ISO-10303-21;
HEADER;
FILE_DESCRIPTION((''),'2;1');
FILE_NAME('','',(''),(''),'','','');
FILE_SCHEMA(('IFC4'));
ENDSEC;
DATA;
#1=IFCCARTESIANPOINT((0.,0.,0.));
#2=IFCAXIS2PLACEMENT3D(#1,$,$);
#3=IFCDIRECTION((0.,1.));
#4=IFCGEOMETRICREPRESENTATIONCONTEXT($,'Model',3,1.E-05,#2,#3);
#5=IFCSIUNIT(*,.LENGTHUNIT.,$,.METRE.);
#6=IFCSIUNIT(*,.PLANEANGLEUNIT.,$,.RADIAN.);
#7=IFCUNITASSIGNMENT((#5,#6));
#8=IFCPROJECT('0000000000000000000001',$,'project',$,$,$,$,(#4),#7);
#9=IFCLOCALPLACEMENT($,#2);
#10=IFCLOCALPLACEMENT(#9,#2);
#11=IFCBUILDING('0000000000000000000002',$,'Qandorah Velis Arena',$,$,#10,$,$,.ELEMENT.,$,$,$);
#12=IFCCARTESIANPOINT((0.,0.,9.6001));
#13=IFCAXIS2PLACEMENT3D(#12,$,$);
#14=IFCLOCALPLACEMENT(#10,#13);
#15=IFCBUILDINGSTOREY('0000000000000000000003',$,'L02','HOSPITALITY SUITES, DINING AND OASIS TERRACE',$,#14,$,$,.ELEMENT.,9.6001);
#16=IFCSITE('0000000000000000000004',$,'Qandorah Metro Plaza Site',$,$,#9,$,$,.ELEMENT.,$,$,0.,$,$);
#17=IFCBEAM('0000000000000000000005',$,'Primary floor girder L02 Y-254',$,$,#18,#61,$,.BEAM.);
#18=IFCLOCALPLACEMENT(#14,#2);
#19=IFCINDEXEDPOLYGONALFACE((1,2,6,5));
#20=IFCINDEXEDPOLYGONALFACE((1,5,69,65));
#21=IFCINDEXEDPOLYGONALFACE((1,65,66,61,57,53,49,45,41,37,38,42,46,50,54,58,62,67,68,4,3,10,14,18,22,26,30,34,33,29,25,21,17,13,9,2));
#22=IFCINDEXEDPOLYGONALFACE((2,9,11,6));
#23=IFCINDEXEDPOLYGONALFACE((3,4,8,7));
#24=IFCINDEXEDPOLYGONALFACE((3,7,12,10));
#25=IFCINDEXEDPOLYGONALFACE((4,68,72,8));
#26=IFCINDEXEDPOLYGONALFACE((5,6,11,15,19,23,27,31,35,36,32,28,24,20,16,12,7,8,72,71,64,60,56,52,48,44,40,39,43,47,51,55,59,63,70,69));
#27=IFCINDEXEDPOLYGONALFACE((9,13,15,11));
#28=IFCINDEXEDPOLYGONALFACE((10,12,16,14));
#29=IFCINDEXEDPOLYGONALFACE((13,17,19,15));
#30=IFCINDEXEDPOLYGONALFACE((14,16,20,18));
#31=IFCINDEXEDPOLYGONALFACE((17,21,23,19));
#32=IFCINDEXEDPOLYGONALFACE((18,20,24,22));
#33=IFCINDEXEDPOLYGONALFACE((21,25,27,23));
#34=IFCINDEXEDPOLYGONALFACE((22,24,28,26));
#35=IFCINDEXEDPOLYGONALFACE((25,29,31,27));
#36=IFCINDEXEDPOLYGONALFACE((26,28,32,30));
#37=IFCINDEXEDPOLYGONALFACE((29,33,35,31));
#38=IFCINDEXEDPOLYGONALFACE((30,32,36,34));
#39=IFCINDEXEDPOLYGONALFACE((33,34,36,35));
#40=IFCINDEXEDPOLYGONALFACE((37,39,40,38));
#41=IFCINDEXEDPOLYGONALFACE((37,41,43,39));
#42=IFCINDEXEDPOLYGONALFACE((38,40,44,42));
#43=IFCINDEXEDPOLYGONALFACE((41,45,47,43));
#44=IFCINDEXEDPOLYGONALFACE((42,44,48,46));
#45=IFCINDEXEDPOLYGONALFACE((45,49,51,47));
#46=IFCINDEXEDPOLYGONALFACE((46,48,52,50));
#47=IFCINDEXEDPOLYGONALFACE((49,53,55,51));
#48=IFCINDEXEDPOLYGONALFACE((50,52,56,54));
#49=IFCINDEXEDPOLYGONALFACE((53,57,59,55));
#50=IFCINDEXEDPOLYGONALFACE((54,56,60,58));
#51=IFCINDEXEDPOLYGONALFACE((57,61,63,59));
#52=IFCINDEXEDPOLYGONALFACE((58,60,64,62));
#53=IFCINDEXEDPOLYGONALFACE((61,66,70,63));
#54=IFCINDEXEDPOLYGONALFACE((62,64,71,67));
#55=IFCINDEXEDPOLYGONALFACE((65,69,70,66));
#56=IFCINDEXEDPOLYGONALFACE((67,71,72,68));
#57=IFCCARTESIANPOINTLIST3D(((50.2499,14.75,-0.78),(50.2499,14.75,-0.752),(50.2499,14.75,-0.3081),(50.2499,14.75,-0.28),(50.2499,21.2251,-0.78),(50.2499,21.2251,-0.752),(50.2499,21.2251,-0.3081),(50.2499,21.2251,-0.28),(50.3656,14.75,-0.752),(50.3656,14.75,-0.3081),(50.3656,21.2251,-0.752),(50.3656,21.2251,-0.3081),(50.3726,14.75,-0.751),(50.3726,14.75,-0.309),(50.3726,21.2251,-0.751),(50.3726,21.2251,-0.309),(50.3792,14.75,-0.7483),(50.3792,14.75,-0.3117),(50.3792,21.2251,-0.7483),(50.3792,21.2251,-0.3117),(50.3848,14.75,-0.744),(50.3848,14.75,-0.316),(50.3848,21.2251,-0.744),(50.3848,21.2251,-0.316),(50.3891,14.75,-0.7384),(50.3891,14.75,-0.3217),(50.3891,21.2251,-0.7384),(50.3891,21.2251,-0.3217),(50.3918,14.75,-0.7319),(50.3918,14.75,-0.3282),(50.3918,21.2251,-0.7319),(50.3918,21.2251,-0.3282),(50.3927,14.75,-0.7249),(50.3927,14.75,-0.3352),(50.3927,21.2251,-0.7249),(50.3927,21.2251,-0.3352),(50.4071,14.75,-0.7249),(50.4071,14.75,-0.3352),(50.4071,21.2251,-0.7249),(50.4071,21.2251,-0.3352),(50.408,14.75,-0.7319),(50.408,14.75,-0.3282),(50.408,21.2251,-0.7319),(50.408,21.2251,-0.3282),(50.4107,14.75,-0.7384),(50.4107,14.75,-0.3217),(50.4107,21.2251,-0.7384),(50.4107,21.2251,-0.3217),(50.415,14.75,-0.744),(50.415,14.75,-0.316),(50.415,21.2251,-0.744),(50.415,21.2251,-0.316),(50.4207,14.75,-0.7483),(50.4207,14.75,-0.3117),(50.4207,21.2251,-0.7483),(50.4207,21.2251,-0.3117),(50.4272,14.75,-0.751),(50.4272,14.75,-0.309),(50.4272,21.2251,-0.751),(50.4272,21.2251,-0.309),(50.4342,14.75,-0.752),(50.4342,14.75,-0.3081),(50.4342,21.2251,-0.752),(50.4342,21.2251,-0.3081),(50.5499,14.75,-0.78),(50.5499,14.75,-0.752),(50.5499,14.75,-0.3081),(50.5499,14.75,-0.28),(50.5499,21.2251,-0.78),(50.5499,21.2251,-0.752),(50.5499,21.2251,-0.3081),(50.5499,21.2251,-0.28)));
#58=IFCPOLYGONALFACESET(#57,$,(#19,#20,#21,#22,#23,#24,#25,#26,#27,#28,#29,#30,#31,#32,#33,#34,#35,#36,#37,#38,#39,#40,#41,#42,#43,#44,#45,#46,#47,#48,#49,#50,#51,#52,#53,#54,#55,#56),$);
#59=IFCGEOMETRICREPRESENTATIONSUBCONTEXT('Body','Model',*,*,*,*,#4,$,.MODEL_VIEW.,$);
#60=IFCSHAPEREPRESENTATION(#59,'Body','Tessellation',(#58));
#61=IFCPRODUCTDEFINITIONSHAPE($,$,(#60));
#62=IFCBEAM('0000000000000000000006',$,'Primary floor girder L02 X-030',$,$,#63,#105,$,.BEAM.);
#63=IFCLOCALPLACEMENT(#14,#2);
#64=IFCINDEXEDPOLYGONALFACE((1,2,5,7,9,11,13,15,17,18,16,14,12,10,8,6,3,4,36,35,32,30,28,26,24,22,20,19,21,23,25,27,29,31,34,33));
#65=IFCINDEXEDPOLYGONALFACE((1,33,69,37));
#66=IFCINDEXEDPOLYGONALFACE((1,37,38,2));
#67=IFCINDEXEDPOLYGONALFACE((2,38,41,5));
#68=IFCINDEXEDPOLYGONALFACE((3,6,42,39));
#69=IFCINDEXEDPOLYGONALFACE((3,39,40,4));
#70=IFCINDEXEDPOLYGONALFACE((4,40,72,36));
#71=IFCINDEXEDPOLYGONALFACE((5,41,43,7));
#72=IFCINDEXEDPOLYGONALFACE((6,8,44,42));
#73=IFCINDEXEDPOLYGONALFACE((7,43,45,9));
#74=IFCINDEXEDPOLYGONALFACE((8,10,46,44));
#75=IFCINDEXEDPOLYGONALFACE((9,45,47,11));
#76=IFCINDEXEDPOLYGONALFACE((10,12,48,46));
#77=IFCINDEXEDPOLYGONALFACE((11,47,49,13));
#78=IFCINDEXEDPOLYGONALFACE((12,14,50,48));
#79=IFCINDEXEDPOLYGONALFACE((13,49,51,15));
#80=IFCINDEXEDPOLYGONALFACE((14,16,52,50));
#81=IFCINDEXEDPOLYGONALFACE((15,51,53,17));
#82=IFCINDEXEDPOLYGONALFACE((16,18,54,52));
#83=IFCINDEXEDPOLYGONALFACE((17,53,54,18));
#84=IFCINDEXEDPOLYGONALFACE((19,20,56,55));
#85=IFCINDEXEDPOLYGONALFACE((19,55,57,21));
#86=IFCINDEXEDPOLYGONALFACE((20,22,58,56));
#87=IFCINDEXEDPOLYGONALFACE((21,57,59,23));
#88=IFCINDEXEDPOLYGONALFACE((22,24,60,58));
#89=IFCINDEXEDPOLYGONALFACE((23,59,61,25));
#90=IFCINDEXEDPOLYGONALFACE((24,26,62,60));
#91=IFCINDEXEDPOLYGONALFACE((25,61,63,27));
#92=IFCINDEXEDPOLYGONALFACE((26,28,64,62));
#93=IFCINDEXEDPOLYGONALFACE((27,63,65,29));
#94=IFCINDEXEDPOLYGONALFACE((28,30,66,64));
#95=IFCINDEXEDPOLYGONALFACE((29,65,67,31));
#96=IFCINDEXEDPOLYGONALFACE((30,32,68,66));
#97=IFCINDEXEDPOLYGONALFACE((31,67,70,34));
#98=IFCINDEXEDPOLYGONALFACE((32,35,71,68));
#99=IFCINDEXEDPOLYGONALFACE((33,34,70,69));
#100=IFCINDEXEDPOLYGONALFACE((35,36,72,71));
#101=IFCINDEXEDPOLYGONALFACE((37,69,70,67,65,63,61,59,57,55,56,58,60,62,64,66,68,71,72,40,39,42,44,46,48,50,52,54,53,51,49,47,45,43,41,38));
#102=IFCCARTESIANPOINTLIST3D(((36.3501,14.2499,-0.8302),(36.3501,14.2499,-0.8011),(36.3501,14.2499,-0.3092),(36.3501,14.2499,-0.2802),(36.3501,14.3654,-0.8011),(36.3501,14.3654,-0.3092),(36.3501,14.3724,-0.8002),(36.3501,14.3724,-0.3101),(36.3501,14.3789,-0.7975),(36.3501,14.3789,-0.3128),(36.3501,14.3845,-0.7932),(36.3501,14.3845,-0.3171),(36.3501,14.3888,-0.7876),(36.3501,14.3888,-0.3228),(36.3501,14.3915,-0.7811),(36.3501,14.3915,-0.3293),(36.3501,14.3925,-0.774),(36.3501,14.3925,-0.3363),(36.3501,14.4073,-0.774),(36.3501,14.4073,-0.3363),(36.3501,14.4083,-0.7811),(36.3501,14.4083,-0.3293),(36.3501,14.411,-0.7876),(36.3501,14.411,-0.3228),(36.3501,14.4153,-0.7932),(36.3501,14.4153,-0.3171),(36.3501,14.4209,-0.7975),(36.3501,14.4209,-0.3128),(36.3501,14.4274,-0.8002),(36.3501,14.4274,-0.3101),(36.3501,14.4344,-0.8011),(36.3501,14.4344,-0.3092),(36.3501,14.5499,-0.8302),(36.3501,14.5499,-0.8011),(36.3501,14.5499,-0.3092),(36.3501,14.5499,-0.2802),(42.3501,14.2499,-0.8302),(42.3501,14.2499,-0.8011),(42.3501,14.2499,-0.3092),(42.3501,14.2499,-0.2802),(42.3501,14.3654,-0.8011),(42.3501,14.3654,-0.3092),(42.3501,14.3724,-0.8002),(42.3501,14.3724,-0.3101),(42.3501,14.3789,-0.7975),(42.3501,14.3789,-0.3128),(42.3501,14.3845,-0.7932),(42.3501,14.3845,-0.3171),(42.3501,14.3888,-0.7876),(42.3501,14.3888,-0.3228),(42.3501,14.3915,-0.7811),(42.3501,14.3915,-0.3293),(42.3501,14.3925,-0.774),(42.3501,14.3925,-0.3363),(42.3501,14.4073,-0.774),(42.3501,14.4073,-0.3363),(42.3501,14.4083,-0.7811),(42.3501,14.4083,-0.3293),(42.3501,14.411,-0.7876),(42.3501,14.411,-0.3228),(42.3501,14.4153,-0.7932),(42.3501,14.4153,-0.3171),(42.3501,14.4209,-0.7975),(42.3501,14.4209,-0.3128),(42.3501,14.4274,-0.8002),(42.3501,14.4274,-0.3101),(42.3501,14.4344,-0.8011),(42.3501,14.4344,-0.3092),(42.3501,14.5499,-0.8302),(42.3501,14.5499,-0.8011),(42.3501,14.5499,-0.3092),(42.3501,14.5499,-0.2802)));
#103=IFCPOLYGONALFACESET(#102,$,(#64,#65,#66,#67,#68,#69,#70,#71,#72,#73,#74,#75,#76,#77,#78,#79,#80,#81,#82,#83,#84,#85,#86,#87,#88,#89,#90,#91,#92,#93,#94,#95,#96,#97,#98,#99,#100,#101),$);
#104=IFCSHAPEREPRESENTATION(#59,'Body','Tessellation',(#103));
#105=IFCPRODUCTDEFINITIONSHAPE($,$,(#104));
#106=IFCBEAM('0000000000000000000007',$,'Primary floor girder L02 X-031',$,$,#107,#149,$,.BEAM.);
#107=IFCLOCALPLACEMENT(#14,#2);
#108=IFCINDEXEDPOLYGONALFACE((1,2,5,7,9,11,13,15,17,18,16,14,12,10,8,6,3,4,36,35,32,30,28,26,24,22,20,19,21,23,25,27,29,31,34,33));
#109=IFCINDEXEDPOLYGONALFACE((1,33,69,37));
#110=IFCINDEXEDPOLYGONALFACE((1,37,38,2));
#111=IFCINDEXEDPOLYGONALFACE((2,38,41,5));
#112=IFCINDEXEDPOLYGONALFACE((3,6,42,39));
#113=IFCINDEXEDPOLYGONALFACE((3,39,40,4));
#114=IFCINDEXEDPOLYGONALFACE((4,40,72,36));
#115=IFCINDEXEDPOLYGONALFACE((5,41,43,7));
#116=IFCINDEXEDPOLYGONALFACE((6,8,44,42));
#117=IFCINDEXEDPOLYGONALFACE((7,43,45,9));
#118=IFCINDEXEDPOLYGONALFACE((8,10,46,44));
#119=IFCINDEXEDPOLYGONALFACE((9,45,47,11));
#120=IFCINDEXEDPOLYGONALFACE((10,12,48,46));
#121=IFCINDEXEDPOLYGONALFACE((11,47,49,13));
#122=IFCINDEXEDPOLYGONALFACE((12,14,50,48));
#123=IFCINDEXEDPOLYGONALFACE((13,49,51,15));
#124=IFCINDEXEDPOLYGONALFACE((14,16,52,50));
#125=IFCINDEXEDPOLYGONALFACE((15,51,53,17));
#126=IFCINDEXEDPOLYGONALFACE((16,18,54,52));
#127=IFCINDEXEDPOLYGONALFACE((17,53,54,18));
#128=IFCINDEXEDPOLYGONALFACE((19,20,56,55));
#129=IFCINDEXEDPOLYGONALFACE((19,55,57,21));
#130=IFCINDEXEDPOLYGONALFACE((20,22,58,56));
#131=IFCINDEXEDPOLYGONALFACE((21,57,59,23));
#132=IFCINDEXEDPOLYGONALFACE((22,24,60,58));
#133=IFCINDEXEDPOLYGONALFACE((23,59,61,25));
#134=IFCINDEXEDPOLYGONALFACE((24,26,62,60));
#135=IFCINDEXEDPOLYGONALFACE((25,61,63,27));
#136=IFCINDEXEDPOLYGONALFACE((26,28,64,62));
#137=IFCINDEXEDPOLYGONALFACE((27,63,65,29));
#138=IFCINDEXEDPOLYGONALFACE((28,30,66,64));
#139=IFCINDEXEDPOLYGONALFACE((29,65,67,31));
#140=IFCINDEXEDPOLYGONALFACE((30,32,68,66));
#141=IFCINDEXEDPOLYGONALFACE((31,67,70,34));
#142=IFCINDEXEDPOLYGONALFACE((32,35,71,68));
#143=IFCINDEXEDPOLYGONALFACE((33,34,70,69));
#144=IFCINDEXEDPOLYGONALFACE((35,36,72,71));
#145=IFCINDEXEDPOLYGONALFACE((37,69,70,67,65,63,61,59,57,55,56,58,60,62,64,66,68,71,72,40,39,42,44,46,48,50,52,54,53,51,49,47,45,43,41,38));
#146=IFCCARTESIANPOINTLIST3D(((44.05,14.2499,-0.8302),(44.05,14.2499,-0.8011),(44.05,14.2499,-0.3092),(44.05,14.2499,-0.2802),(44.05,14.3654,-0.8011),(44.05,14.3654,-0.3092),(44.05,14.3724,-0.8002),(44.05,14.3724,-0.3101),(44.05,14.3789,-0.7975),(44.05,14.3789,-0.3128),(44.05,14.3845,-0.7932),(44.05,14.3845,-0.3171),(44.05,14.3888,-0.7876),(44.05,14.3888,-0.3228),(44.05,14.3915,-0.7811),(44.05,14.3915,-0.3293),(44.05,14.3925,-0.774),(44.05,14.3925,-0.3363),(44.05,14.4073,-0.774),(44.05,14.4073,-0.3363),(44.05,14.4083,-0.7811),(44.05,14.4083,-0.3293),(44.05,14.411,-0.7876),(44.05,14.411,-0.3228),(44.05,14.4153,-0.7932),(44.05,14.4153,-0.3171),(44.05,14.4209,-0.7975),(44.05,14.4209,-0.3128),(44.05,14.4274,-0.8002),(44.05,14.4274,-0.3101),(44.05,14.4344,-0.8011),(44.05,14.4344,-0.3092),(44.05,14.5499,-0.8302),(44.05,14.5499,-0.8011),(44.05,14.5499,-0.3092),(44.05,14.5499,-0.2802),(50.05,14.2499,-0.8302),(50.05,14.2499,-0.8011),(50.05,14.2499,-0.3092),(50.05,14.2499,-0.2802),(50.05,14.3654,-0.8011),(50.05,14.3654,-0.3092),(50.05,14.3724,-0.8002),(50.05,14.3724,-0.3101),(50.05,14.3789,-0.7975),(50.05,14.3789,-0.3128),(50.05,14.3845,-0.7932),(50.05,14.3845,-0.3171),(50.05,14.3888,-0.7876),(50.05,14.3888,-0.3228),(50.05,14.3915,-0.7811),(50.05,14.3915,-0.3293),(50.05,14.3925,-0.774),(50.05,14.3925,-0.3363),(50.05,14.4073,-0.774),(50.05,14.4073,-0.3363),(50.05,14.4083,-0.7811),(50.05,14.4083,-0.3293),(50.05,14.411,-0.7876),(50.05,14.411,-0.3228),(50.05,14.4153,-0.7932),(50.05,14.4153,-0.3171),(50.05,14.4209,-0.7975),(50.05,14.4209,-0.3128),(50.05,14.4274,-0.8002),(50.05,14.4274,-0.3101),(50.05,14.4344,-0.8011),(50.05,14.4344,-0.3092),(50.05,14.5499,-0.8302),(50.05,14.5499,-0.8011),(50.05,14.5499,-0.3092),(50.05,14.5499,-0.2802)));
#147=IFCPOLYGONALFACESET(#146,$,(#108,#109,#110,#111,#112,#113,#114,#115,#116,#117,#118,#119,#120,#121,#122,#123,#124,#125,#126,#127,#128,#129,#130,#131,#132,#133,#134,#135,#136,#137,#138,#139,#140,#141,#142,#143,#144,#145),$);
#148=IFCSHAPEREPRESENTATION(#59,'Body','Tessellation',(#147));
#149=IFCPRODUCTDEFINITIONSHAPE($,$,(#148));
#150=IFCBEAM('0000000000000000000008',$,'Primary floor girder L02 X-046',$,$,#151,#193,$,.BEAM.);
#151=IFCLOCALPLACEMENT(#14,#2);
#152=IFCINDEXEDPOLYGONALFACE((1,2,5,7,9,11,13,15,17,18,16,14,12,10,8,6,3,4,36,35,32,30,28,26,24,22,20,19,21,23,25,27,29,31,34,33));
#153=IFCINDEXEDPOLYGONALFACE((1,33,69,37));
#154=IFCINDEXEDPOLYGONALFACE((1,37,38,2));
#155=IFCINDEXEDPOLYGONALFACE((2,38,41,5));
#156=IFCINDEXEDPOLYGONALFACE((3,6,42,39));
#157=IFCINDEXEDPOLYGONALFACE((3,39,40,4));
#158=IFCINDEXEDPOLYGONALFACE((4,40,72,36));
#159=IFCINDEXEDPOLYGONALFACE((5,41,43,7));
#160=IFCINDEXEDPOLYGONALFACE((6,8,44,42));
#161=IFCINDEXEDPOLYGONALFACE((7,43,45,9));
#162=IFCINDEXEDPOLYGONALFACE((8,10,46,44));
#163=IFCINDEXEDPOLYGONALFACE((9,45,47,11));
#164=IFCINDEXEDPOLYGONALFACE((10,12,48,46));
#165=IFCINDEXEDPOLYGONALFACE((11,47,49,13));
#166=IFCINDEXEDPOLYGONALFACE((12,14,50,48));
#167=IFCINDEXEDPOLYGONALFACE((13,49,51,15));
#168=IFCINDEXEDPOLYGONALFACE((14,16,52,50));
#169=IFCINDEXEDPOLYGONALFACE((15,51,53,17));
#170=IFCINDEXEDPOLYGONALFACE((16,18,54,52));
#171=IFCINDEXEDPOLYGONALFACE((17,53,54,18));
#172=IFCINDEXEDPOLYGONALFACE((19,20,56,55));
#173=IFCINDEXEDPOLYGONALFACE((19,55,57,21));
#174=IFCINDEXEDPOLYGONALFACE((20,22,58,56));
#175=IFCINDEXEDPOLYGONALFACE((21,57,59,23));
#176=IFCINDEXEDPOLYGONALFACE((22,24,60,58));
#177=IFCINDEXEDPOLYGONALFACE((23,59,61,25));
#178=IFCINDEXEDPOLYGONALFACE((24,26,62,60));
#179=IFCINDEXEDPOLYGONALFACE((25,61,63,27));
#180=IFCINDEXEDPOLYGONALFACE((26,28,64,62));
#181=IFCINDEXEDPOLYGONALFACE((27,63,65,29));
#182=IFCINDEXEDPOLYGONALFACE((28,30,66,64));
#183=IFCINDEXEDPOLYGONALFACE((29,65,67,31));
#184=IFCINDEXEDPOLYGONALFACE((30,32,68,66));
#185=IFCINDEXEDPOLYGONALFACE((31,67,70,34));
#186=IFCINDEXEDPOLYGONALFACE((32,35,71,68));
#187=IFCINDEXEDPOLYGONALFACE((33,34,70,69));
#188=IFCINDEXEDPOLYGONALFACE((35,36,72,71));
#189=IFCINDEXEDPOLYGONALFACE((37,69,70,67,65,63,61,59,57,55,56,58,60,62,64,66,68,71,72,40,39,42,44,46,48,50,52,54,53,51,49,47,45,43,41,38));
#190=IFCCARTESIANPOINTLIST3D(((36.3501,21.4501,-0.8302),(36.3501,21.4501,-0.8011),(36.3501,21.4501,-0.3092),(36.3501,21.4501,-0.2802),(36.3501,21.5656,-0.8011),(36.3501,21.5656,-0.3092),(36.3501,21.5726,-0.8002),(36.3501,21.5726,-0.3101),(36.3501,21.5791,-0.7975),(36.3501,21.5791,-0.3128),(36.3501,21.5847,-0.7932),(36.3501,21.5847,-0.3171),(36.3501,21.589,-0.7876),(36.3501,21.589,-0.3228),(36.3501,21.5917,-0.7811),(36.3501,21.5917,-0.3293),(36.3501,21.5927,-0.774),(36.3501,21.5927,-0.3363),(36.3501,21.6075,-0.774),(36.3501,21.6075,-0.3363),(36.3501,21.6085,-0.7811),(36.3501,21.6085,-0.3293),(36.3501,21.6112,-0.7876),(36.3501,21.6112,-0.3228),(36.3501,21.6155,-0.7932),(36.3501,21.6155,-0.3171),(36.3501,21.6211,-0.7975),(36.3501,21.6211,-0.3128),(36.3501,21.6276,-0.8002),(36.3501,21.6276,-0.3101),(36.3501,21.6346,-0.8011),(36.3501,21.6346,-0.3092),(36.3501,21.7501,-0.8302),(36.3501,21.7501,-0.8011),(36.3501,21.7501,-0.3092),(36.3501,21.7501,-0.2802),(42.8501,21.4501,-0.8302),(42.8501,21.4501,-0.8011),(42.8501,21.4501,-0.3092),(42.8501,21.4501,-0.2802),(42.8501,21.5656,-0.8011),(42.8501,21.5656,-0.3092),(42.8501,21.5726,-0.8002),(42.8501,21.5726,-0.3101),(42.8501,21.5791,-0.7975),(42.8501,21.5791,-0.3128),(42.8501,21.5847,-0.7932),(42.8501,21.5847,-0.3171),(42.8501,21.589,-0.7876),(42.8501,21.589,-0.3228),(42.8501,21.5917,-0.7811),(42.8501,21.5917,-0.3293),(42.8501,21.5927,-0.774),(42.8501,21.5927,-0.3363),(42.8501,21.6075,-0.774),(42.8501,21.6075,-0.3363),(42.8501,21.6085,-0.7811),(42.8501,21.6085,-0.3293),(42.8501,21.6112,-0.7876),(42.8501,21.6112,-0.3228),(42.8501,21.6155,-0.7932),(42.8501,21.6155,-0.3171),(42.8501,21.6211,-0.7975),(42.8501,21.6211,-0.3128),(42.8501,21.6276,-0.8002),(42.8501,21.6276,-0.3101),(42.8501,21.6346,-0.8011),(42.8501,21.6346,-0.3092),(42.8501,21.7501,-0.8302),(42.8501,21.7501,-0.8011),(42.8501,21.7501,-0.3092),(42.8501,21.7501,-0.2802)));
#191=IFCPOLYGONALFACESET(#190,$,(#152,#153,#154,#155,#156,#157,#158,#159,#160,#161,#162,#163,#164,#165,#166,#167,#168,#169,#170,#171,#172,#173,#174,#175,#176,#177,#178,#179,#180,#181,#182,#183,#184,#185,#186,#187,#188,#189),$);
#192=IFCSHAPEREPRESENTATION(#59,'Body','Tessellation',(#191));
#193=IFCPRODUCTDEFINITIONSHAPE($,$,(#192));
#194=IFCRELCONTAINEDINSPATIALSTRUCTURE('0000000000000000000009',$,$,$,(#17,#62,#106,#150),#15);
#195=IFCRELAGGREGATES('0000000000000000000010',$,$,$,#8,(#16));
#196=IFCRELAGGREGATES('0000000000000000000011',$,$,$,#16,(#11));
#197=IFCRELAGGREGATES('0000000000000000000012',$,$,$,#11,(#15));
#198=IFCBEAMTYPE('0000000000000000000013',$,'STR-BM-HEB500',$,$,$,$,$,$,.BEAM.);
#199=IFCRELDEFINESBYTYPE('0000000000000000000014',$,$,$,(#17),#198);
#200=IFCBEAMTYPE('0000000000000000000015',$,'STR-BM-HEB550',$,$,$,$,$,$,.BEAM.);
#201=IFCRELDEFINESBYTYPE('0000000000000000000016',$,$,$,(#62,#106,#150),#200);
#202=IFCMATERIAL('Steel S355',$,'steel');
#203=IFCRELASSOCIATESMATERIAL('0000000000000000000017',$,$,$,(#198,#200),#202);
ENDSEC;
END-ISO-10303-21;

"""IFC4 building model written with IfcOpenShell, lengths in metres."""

from ifc_helpers import new_model, si_unit, direction, frame, origin, origin_2d, place, context, subcontext, project, spatial, i_section, extrude, material, material_profile, profile_set, type_object, element, save


model = new_model("IFC4")

# Units and contexts
model_context = context("Model", 3, precision=1e-05, world=origin(), true_north=direction((0.0, 1.0)))
body_context = subcontext(model_context, "Body", "Model", "MODEL_VIEW")
ifc_project = project(units=[si_unit("LENGTHUNIT", "METRE"), si_unit("PLANEANGLEUNIT", "RADIAN")], contexts=[model_context])

# Site, building, storey
site_placement = place(None, origin())
site = spatial("IfcSite", under=ifc_project, at=site_placement, Name="Qandorah Metro Plaza Site", CompositionType="ELEMENT", RefElevation=0.0)
building_placement = place(site_placement, origin())
building = spatial("IfcBuilding", under=site, at=building_placement, Name="Qandorah Velis Arena", CompositionType="ELEMENT")
storey_placement = place(building_placement, frame((0.0, 0.0, 9.6001)))
storey = spatial("IfcBuildingStorey", under=building, at=storey_placement, Name="L02", Description="HOSPITALITY SUITES, DINING AND OASIS TERRACE", CompositionType="ELEMENT", Elevation=9.6001)

# Shared definitions
ifc_material_1 = material(Name="Steel S355", Category="steel")

# Beams
ifc_material_profile_1 = material_profile(ifc_material_1, i_section(OverallWidth=0.3, OverallDepth=0.5, WebThickness=0.0144, FlangeThickness=0.0281, FilletRadius=0.0271, at=origin_2d()), Name="HEB 500")
ifc_profile_set_1 = profile_set([ifc_material_profile_1], Name="Steel S355")
beam_type_1 = type_object("IfcBeamType", Name="STR-BM-HEB500", PredefinedType="BEAM", material=ifc_profile_set_1)
beam_1_placement = place(storey_placement, frame((50.3999, 14.75, -0.53), z_axis=(0.0, 1.0, 0.0), x_axis=(-1.0, 0.0, 0.0)))
element("IfcBeam", 1, at=beam_1_placement, inside=storey, type_object=beam_type_1, Name="Primary floor girder L02 Y-254", PredefinedType="BEAM", context=body_context, shape_type="SweptSolid", body=[
    extrude(i_section(OverallWidth=0.3, OverallDepth=0.5, WebThickness=0.0144, FlangeThickness=0.0281, FilletRadius=0.0271, at=origin_2d()), origin(), (0.0, 0.0, 1.0), 6.4751),
])
ifc_material_profile_2 = material_profile(ifc_material_1, i_section(OverallWidth=0.3, OverallDepth=0.55, WebThickness=0.0149, FlangeThickness=0.0291, FilletRadius=0.0271, at=origin_2d()), Name="HEB 550")
ifc_profile_set_2 = profile_set([ifc_material_profile_2], Name="Steel S355")
beam_type_2 = type_object("IfcBeamType", Name="STR-BM-HEB550", PredefinedType="BEAM", material=ifc_profile_set_2)
for number, where, z_axis, x_axis, name in (
    (2, (36.3501, 14.3999, -0.5552), (1.0, 0.0, 0.0), (0.0, 1.0, 0.0), "Primary floor girder L02 X-030"),
    (3, (44.05, 14.3999, -0.5552), (1.0, 0.0, 0.0), (0.0, 1.0, 0.0), "Primary floor girder L02 X-031"),
):
    element("IfcBeam", number, at=place(storey_placement, frame(where, z_axis=z_axis, x_axis=x_axis)), inside=storey, type_object=beam_type_2, Name=name, PredefinedType="BEAM", context=body_context, shape_type="SweptSolid", body=[
        extrude(i_section(OverallWidth=0.3, OverallDepth=0.55, WebThickness=0.0149, FlangeThickness=0.0291, FilletRadius=0.0271, at=origin_2d()), origin(), (0.0, 0.0, 1.0), 6.0),
    ])
beam_2_placement = place(storey_placement, frame((36.3501, 21.6001, -0.5552), z_axis=(1.0, 0.0, 0.0), x_axis=(0.0, 1.0, 0.0)))
element("IfcBeam", 4, at=beam_2_placement, inside=storey, type_object=beam_type_2, Name="Primary floor girder L02 X-046", PredefinedType="BEAM", context=body_context, shape_type="SweptSolid", body=[
    extrude(i_section(OverallWidth=0.3, OverallDepth=0.55, WebThickness=0.0149, FlangeThickness=0.0291, FilletRadius=0.0271, at=origin_2d()), origin(), (0.0, 0.0, 1.0), 6.5),
])

save(model, "model.ifc")
